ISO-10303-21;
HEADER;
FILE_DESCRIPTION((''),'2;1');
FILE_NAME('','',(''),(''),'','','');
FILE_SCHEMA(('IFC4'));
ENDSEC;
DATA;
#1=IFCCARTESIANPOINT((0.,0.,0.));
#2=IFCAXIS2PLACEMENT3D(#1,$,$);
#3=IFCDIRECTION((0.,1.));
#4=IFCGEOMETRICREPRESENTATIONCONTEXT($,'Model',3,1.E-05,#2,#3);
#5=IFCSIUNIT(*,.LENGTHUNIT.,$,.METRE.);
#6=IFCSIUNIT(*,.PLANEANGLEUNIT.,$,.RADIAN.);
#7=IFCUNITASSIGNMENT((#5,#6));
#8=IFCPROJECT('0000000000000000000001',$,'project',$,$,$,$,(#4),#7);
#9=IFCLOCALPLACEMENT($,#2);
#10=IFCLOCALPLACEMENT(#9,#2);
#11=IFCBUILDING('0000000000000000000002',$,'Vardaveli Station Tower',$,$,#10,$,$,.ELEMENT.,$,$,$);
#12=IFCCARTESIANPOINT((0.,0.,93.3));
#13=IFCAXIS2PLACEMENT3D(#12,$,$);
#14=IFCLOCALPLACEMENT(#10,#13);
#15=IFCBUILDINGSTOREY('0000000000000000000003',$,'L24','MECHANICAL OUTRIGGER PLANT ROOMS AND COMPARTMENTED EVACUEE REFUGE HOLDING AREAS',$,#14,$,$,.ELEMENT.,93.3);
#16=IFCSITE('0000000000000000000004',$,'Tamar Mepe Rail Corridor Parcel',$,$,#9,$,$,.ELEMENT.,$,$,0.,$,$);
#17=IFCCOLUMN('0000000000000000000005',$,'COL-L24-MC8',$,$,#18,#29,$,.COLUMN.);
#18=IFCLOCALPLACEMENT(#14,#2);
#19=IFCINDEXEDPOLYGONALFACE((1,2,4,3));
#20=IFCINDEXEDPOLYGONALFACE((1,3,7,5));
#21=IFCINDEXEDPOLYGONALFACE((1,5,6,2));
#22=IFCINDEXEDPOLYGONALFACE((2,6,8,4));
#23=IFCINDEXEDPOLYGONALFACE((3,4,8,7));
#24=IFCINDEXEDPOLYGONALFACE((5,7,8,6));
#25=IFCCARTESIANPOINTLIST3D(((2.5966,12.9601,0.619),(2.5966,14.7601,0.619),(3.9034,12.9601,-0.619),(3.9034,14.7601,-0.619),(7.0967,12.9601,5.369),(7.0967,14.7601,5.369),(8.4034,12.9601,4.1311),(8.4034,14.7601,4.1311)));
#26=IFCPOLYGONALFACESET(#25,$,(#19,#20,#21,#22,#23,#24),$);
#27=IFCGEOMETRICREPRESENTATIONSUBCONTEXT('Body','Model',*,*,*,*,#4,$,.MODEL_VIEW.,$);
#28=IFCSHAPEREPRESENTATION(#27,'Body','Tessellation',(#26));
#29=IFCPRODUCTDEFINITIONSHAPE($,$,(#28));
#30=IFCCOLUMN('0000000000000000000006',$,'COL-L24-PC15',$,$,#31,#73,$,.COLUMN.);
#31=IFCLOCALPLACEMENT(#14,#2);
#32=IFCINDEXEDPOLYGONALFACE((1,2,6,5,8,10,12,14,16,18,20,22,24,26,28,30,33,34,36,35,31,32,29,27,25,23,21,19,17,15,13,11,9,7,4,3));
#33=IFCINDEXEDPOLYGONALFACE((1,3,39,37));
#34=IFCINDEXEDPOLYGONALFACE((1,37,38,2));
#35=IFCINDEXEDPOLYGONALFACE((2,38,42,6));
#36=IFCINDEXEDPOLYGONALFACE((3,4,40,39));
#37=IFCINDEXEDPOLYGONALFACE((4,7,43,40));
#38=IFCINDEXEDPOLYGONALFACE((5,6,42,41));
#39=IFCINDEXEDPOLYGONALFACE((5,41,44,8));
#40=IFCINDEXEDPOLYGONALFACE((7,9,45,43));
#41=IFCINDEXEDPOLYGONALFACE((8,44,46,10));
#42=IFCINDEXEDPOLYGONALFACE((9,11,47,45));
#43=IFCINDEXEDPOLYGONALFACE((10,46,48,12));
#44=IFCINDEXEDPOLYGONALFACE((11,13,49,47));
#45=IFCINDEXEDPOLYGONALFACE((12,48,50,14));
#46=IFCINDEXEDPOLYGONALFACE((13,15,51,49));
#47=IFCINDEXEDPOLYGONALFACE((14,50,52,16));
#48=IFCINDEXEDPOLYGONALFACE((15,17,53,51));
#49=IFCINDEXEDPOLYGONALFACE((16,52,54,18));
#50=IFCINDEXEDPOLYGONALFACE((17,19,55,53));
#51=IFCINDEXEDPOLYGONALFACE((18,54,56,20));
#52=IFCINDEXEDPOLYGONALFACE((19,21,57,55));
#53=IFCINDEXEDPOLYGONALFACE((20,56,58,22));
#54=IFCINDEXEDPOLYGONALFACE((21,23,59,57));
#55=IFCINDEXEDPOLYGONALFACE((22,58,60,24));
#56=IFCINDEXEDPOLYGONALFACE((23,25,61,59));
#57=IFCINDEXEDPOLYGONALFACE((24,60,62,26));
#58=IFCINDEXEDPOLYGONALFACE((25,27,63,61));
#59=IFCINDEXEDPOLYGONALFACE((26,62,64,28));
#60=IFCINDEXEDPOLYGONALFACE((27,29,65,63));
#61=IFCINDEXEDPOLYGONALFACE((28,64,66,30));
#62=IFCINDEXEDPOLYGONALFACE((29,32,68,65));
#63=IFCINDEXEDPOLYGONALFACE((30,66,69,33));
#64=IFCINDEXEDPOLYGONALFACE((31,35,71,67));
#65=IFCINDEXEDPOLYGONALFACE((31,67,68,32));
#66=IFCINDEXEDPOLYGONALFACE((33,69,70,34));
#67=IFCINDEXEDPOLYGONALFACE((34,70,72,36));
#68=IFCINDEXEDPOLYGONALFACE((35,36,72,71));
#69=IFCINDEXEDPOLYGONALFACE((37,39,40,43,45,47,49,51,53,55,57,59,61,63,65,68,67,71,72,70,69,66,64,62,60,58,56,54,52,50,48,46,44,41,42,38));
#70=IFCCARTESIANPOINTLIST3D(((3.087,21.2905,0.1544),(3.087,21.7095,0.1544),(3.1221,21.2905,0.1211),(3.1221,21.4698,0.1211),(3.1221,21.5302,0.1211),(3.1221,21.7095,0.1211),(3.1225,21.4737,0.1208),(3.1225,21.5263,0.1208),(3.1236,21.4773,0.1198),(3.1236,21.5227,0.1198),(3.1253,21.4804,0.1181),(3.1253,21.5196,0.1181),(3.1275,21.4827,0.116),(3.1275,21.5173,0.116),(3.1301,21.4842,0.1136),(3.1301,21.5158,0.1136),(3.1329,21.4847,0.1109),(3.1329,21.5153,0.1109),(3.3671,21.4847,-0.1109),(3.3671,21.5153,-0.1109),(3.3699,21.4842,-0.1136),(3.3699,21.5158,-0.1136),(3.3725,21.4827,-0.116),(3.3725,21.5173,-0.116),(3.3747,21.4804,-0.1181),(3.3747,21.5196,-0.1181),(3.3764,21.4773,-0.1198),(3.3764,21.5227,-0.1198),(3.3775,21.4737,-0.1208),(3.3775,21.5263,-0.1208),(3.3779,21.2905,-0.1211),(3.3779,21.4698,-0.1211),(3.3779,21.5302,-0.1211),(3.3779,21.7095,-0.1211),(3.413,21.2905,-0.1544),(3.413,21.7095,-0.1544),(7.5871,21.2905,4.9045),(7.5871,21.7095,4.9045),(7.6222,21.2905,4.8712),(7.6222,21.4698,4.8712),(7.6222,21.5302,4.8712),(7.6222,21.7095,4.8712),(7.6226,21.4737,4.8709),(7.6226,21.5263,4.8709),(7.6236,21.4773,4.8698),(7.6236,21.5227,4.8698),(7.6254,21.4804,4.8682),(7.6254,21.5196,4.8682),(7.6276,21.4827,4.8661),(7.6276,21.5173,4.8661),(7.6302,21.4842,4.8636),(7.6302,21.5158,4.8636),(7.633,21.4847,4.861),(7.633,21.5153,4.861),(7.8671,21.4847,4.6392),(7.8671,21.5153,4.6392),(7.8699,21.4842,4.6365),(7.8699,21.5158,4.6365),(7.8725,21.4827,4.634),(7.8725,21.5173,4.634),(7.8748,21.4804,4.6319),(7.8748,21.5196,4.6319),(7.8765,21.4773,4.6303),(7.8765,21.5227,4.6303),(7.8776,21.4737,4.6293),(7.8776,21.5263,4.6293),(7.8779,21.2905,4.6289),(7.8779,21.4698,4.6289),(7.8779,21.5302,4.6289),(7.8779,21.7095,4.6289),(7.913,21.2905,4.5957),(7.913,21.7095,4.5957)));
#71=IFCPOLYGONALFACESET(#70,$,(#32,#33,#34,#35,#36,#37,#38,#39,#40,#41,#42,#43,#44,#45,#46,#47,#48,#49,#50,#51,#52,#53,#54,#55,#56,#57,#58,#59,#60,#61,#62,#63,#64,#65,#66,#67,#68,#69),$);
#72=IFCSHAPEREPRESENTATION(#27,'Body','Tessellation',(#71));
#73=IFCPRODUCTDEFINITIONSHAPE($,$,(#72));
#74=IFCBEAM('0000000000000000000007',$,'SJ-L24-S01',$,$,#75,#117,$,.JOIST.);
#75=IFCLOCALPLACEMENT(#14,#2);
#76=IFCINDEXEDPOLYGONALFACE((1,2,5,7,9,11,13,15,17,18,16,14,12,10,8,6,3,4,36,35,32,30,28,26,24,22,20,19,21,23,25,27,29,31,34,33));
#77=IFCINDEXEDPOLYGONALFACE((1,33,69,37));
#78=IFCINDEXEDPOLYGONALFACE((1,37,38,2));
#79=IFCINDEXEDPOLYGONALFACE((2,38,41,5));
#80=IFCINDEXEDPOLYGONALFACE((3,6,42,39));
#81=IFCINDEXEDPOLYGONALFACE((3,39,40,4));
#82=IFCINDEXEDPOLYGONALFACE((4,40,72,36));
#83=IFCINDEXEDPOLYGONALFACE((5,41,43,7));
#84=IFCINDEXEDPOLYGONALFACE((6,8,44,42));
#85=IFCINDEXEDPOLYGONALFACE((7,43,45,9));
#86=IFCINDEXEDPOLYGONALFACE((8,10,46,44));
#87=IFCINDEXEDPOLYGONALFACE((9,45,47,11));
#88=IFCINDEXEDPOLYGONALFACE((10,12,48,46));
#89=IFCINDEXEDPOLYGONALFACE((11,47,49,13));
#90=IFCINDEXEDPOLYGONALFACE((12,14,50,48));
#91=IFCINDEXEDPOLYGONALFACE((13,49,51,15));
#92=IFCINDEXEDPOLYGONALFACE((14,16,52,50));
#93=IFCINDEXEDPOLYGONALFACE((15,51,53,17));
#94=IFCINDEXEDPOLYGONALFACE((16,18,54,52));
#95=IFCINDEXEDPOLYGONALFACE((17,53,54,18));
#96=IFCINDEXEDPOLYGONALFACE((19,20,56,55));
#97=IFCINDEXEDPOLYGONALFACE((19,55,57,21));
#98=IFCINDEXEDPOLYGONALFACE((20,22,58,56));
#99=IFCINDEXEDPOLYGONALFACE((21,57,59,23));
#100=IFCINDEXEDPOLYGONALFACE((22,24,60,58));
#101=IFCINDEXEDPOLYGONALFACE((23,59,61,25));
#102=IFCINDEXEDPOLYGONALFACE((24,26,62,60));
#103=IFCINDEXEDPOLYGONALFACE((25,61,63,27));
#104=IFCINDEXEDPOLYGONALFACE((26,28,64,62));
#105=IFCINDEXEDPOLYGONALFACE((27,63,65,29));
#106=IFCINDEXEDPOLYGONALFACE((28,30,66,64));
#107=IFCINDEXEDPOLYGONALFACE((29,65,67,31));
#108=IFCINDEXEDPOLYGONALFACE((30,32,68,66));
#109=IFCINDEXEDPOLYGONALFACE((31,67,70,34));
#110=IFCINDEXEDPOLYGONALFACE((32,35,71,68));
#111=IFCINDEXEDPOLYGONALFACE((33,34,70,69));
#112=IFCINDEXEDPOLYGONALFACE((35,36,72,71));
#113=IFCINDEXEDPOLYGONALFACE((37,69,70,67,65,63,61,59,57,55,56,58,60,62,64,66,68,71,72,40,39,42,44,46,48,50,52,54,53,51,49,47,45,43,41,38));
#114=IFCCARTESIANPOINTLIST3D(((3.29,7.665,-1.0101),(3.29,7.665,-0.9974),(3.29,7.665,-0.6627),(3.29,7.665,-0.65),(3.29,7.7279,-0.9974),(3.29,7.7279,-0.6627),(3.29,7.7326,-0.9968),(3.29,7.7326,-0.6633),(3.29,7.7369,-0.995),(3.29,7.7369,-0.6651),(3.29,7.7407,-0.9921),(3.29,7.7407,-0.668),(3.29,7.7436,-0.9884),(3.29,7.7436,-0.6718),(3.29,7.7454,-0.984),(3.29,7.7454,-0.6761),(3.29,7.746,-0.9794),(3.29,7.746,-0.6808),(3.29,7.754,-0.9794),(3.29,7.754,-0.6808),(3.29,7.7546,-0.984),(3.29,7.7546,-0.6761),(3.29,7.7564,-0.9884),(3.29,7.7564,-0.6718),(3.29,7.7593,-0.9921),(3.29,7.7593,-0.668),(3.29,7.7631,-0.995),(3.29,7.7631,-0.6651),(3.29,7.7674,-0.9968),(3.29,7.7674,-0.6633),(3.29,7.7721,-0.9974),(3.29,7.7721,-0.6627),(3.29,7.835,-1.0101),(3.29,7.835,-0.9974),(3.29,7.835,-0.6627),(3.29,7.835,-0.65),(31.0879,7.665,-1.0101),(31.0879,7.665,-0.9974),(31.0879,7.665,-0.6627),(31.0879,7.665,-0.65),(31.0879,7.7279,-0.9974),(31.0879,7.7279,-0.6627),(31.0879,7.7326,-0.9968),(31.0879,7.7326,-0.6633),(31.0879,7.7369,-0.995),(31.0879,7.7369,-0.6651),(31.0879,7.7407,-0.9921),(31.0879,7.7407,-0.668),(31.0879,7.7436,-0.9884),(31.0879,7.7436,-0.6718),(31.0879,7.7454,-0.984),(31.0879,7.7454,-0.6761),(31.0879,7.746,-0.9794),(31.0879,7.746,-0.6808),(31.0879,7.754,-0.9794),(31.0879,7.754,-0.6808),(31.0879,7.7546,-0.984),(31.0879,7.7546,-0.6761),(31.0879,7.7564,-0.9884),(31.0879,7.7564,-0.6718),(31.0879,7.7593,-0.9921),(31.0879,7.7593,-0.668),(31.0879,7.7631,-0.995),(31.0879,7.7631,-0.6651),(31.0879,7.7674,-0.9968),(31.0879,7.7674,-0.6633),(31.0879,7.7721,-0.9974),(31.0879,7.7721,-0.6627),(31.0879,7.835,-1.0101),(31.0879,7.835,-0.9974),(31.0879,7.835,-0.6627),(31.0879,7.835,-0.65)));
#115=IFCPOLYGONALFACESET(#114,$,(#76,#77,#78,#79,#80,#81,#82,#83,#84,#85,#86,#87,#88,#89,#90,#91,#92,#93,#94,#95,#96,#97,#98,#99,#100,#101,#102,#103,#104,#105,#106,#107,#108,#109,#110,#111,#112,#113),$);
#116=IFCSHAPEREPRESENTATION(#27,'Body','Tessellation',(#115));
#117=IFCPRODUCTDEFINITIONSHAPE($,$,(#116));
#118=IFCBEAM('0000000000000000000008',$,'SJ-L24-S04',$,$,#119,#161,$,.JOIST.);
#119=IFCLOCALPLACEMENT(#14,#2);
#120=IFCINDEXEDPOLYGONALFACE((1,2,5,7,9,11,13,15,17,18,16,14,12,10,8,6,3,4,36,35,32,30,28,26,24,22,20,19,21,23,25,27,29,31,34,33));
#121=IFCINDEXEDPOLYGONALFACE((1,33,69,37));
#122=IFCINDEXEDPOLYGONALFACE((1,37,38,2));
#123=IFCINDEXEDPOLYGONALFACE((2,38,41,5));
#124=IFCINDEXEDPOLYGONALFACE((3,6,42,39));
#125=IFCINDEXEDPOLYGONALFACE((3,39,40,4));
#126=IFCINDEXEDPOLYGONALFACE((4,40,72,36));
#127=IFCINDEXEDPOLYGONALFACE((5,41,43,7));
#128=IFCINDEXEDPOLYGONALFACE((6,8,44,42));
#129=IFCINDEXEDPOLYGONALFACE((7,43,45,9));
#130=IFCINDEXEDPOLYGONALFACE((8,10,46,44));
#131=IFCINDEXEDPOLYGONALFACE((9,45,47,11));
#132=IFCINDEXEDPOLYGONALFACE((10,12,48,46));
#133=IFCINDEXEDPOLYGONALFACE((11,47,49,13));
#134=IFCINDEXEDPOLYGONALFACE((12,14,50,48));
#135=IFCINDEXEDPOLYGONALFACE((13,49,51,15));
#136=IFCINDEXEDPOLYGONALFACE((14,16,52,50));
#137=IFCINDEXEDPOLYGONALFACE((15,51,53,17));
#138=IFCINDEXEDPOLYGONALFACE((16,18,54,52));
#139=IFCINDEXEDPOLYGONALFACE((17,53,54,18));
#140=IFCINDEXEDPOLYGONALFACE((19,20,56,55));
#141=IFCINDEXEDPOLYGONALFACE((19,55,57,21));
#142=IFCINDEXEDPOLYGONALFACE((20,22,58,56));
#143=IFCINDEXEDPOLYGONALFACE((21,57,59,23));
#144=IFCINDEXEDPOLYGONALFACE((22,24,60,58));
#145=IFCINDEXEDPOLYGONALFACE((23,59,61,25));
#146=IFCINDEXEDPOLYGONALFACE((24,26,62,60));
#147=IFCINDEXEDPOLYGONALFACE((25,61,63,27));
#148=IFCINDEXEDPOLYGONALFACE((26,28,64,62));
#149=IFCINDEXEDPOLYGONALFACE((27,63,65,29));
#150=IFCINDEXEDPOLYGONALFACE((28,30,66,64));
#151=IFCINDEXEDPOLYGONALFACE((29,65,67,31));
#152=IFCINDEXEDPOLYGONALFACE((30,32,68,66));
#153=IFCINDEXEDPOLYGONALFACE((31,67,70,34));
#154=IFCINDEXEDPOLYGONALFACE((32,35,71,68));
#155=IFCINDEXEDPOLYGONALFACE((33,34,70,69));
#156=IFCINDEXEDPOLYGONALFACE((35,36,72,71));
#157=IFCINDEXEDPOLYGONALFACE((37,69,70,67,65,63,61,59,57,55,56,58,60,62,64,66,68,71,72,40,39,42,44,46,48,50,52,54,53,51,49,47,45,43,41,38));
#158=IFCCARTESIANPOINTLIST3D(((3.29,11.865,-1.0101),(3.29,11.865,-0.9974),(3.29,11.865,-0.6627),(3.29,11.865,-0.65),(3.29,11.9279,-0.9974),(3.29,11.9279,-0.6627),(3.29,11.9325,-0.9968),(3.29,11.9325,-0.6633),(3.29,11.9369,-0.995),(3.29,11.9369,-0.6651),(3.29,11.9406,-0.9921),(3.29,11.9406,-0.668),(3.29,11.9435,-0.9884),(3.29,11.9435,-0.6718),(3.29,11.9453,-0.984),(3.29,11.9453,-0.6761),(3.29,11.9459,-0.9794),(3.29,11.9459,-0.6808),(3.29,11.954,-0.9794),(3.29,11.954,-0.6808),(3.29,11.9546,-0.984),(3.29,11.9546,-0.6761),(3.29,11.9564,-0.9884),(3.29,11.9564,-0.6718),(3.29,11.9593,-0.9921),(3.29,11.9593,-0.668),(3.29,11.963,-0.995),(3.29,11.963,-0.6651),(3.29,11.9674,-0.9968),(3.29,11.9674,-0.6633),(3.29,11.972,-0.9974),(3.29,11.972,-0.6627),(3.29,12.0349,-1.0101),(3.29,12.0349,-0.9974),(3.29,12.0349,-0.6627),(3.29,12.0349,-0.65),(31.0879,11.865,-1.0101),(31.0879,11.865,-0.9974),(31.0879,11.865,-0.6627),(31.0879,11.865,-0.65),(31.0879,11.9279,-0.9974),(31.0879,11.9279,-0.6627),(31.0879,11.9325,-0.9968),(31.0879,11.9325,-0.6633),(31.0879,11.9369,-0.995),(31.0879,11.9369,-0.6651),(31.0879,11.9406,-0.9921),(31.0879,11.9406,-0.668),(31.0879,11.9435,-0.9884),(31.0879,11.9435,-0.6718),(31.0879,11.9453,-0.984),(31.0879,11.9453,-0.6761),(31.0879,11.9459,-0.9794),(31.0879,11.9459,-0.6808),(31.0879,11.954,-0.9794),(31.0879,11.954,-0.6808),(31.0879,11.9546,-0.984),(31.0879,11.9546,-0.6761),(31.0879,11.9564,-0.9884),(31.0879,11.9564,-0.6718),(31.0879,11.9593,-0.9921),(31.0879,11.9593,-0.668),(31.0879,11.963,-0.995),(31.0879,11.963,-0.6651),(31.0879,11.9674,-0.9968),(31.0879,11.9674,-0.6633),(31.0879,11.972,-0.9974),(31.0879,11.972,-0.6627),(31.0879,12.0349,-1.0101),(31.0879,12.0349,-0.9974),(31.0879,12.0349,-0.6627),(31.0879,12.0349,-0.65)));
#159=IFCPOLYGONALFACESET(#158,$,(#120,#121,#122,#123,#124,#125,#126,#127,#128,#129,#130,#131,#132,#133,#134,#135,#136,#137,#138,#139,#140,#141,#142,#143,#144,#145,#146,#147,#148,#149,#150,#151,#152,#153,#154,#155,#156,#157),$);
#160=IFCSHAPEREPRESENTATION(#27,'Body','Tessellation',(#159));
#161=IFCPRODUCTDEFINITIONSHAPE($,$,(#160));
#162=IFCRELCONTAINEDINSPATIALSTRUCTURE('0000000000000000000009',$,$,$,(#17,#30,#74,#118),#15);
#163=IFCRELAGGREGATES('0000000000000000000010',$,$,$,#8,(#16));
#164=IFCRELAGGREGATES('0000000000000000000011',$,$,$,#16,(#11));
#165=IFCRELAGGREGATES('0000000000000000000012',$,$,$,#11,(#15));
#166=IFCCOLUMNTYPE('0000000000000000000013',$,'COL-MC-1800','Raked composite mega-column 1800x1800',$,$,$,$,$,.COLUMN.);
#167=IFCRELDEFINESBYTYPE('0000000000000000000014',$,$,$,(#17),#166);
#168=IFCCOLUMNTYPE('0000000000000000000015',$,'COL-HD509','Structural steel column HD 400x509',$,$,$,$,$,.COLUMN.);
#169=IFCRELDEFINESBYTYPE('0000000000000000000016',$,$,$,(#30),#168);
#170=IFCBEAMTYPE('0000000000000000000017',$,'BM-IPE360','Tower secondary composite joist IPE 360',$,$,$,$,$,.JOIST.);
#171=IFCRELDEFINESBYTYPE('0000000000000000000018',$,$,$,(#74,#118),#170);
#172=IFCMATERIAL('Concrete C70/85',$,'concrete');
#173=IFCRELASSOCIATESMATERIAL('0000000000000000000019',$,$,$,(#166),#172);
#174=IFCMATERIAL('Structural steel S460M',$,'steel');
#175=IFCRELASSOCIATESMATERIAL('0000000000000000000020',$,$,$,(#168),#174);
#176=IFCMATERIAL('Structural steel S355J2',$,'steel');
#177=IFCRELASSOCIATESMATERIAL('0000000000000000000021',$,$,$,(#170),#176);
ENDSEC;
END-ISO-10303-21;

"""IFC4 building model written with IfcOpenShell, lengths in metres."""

from ifc_helpers import new_model, si_unit, direction, frame, origin, origin_2d, place, context, subcontext, project, spatial, rectangle, i_section, extrude, source, transform, mapped, material, material_profile, profile_set, type_object, element, save


model = new_model("IFC4")

# Units and contexts
model_context = context("Model", 3, precision=1e-05, world=origin(), true_north=direction((0.0, 1.0)))
body_context = subcontext(model_context, "Body", "Model", "MODEL_VIEW")
ifc_project = project(units=[si_unit("LENGTHUNIT", "METRE"), si_unit("PLANEANGLEUNIT", "RADIAN")], contexts=[model_context])

# Site, building, storey
site_placement = place(None, origin())
site = spatial("IfcSite", under=ifc_project, at=site_placement, Name="Tamar Mepe Rail Corridor Parcel", CompositionType="ELEMENT", RefElevation=0.0)
building_placement = place(site_placement, origin())
building = spatial("IfcBuilding", under=site, at=building_placement, Name="Vardaveli Station Tower", CompositionType="ELEMENT")
storey_placement = place(building_placement, frame((0.0, 0.0, 93.3)))
storey = spatial("IfcBuildingStorey", under=building, at=storey_placement, Name="L24", Description="MECHANICAL OUTRIGGER PLANT ROOMS AND COMPARTMENTED EVACUEE REFUGE HOLDING AREAS", CompositionType="ELEMENT", Elevation=93.3)

# Columns
ifc_material_1 = material(Name="Concrete C70/85", Category="concrete")
ifc_material_profile_1 = material_profile(ifc_material_1, rectangle(XDim=1.8, YDim=1.8, at=origin_2d()), Name="MC 1800x1800")
ifc_profile_set_1 = profile_set([ifc_material_profile_1], Name="Concrete C70/85")
column_type_1 = type_object("IfcColumnType", Name="COL-MC-1800", Description="Raked composite mega-column 1800x1800", PredefinedType="COLUMN", material=ifc_profile_set_1)
shared_shape_1 = source(origin(), body_context, "Body", "SweptSolid", [
    extrude(rectangle(XDim=1.8, YDim=1.8, at=origin_2d()), origin(), (0.0, 0.0, 1.0), 6.5432),
])
column_1_placement = place(storey_placement, frame((3.25, 13.8601, 0.0), z_axis=(0.687745, 0.0, 0.725953), x_axis=(0.0, 1.0, 0.0)))
element("IfcColumn", 1, at=column_1_placement, inside=storey, type_object=column_type_1, Name="COL-L24-MC8", PredefinedType="COLUMN", context=body_context, shape_type="MappedRepresentation", body=[
    mapped(shared_shape_1, transform((0.0, 0.0, 0.0), scale=1.0)),
])
ifc_material_2 = material(Name="Structural steel S460M", Category="steel")
ifc_material_profile_2 = material_profile(ifc_material_2, i_section(OverallWidth=0.4189, OverallDepth=0.449, WebThickness=0.0305, FlangeThickness=0.0483, FilletRadius=0.0149, at=origin_2d()), Name="HD 400x509")
ifc_profile_set_2 = profile_set([ifc_material_profile_2], Name="Structural steel S460M")
column_type_2 = type_object("IfcColumnType", Name="COL-HD509", Description="Structural steel column HD 400x509", PredefinedType="COLUMN", material=ifc_profile_set_2)
shared_shape_2 = source(origin(), body_context, "Body", "SweptSolid", [
    extrude(i_section(OverallWidth=0.4189, OverallDepth=0.449, WebThickness=0.0305, FlangeThickness=0.0483, FilletRadius=0.0149, at=origin_2d()), origin(), (0.0, 0.0, 1.0), 6.5432),
])
column_2_placement = place(storey_placement, frame((3.25, 21.5, 0.0), z_axis=(0.687745, 0.0, 0.725953), x_axis=(0.0, 1.0, 0.0)))
element("IfcColumn", 2, at=column_2_placement, inside=storey, type_object=column_type_2, Name="COL-L24-PC15", PredefinedType="COLUMN", context=body_context, shape_type="MappedRepresentation", body=[
    mapped(shared_shape_2, transform((0.0, 0.0, 0.0), scale=1.0)),
])

# Beams
ifc_material_3 = material(Name="Structural steel S355J2", Category="steel")
ifc_material_profile_3 = material_profile(ifc_material_3, i_section(OverallWidth=0.1699, OverallDepth=0.3601, WebThickness=0.0081, FlangeThickness=0.0127, FilletRadius=0.0181, at=origin_2d()), Name="IPE 360")
ifc_profile_set_3 = profile_set([ifc_material_profile_3], Name="Structural steel S355J2")
beam_type_1 = type_object("IfcBeamType", Name="BM-IPE360", Description="Tower secondary composite joist IPE 360", PredefinedType="JOIST", material=ifc_profile_set_3)
shared_shape_3 = source(origin(), body_context, "Body", "SweptSolid", [
    extrude(i_section(OverallWidth=0.1699, OverallDepth=0.3601, WebThickness=0.0081, FlangeThickness=0.0127, FilletRadius=0.0181, at=origin_2d()), origin(), (0.0, 0.0, 1.0), 27.7979),
])
for number, where, z_axis, x_axis, name in (
    (3, (3.29, 7.75, -0.8301), (1.0, 0.0, 0.0), (0.0, 1.0, 0.0), "SJ-L24-S01"),
    (4, (3.29, 11.95, -0.8301), (1.0, 0.0, 0.0), (0.0, 1.0, 0.0), "SJ-L24-S04"),
):
    element("IfcBeam", number, at=place(storey_placement, frame(where, z_axis=z_axis, x_axis=x_axis)), inside=storey, type_object=beam_type_1, Name=name, PredefinedType="JOIST", context=body_context, shape_type="MappedRepresentation", body=[
        mapped(shared_shape_3, transform((0.0, 0.0, 0.0), scale=1.0)),
    ])

save(model, "model.ifc")
